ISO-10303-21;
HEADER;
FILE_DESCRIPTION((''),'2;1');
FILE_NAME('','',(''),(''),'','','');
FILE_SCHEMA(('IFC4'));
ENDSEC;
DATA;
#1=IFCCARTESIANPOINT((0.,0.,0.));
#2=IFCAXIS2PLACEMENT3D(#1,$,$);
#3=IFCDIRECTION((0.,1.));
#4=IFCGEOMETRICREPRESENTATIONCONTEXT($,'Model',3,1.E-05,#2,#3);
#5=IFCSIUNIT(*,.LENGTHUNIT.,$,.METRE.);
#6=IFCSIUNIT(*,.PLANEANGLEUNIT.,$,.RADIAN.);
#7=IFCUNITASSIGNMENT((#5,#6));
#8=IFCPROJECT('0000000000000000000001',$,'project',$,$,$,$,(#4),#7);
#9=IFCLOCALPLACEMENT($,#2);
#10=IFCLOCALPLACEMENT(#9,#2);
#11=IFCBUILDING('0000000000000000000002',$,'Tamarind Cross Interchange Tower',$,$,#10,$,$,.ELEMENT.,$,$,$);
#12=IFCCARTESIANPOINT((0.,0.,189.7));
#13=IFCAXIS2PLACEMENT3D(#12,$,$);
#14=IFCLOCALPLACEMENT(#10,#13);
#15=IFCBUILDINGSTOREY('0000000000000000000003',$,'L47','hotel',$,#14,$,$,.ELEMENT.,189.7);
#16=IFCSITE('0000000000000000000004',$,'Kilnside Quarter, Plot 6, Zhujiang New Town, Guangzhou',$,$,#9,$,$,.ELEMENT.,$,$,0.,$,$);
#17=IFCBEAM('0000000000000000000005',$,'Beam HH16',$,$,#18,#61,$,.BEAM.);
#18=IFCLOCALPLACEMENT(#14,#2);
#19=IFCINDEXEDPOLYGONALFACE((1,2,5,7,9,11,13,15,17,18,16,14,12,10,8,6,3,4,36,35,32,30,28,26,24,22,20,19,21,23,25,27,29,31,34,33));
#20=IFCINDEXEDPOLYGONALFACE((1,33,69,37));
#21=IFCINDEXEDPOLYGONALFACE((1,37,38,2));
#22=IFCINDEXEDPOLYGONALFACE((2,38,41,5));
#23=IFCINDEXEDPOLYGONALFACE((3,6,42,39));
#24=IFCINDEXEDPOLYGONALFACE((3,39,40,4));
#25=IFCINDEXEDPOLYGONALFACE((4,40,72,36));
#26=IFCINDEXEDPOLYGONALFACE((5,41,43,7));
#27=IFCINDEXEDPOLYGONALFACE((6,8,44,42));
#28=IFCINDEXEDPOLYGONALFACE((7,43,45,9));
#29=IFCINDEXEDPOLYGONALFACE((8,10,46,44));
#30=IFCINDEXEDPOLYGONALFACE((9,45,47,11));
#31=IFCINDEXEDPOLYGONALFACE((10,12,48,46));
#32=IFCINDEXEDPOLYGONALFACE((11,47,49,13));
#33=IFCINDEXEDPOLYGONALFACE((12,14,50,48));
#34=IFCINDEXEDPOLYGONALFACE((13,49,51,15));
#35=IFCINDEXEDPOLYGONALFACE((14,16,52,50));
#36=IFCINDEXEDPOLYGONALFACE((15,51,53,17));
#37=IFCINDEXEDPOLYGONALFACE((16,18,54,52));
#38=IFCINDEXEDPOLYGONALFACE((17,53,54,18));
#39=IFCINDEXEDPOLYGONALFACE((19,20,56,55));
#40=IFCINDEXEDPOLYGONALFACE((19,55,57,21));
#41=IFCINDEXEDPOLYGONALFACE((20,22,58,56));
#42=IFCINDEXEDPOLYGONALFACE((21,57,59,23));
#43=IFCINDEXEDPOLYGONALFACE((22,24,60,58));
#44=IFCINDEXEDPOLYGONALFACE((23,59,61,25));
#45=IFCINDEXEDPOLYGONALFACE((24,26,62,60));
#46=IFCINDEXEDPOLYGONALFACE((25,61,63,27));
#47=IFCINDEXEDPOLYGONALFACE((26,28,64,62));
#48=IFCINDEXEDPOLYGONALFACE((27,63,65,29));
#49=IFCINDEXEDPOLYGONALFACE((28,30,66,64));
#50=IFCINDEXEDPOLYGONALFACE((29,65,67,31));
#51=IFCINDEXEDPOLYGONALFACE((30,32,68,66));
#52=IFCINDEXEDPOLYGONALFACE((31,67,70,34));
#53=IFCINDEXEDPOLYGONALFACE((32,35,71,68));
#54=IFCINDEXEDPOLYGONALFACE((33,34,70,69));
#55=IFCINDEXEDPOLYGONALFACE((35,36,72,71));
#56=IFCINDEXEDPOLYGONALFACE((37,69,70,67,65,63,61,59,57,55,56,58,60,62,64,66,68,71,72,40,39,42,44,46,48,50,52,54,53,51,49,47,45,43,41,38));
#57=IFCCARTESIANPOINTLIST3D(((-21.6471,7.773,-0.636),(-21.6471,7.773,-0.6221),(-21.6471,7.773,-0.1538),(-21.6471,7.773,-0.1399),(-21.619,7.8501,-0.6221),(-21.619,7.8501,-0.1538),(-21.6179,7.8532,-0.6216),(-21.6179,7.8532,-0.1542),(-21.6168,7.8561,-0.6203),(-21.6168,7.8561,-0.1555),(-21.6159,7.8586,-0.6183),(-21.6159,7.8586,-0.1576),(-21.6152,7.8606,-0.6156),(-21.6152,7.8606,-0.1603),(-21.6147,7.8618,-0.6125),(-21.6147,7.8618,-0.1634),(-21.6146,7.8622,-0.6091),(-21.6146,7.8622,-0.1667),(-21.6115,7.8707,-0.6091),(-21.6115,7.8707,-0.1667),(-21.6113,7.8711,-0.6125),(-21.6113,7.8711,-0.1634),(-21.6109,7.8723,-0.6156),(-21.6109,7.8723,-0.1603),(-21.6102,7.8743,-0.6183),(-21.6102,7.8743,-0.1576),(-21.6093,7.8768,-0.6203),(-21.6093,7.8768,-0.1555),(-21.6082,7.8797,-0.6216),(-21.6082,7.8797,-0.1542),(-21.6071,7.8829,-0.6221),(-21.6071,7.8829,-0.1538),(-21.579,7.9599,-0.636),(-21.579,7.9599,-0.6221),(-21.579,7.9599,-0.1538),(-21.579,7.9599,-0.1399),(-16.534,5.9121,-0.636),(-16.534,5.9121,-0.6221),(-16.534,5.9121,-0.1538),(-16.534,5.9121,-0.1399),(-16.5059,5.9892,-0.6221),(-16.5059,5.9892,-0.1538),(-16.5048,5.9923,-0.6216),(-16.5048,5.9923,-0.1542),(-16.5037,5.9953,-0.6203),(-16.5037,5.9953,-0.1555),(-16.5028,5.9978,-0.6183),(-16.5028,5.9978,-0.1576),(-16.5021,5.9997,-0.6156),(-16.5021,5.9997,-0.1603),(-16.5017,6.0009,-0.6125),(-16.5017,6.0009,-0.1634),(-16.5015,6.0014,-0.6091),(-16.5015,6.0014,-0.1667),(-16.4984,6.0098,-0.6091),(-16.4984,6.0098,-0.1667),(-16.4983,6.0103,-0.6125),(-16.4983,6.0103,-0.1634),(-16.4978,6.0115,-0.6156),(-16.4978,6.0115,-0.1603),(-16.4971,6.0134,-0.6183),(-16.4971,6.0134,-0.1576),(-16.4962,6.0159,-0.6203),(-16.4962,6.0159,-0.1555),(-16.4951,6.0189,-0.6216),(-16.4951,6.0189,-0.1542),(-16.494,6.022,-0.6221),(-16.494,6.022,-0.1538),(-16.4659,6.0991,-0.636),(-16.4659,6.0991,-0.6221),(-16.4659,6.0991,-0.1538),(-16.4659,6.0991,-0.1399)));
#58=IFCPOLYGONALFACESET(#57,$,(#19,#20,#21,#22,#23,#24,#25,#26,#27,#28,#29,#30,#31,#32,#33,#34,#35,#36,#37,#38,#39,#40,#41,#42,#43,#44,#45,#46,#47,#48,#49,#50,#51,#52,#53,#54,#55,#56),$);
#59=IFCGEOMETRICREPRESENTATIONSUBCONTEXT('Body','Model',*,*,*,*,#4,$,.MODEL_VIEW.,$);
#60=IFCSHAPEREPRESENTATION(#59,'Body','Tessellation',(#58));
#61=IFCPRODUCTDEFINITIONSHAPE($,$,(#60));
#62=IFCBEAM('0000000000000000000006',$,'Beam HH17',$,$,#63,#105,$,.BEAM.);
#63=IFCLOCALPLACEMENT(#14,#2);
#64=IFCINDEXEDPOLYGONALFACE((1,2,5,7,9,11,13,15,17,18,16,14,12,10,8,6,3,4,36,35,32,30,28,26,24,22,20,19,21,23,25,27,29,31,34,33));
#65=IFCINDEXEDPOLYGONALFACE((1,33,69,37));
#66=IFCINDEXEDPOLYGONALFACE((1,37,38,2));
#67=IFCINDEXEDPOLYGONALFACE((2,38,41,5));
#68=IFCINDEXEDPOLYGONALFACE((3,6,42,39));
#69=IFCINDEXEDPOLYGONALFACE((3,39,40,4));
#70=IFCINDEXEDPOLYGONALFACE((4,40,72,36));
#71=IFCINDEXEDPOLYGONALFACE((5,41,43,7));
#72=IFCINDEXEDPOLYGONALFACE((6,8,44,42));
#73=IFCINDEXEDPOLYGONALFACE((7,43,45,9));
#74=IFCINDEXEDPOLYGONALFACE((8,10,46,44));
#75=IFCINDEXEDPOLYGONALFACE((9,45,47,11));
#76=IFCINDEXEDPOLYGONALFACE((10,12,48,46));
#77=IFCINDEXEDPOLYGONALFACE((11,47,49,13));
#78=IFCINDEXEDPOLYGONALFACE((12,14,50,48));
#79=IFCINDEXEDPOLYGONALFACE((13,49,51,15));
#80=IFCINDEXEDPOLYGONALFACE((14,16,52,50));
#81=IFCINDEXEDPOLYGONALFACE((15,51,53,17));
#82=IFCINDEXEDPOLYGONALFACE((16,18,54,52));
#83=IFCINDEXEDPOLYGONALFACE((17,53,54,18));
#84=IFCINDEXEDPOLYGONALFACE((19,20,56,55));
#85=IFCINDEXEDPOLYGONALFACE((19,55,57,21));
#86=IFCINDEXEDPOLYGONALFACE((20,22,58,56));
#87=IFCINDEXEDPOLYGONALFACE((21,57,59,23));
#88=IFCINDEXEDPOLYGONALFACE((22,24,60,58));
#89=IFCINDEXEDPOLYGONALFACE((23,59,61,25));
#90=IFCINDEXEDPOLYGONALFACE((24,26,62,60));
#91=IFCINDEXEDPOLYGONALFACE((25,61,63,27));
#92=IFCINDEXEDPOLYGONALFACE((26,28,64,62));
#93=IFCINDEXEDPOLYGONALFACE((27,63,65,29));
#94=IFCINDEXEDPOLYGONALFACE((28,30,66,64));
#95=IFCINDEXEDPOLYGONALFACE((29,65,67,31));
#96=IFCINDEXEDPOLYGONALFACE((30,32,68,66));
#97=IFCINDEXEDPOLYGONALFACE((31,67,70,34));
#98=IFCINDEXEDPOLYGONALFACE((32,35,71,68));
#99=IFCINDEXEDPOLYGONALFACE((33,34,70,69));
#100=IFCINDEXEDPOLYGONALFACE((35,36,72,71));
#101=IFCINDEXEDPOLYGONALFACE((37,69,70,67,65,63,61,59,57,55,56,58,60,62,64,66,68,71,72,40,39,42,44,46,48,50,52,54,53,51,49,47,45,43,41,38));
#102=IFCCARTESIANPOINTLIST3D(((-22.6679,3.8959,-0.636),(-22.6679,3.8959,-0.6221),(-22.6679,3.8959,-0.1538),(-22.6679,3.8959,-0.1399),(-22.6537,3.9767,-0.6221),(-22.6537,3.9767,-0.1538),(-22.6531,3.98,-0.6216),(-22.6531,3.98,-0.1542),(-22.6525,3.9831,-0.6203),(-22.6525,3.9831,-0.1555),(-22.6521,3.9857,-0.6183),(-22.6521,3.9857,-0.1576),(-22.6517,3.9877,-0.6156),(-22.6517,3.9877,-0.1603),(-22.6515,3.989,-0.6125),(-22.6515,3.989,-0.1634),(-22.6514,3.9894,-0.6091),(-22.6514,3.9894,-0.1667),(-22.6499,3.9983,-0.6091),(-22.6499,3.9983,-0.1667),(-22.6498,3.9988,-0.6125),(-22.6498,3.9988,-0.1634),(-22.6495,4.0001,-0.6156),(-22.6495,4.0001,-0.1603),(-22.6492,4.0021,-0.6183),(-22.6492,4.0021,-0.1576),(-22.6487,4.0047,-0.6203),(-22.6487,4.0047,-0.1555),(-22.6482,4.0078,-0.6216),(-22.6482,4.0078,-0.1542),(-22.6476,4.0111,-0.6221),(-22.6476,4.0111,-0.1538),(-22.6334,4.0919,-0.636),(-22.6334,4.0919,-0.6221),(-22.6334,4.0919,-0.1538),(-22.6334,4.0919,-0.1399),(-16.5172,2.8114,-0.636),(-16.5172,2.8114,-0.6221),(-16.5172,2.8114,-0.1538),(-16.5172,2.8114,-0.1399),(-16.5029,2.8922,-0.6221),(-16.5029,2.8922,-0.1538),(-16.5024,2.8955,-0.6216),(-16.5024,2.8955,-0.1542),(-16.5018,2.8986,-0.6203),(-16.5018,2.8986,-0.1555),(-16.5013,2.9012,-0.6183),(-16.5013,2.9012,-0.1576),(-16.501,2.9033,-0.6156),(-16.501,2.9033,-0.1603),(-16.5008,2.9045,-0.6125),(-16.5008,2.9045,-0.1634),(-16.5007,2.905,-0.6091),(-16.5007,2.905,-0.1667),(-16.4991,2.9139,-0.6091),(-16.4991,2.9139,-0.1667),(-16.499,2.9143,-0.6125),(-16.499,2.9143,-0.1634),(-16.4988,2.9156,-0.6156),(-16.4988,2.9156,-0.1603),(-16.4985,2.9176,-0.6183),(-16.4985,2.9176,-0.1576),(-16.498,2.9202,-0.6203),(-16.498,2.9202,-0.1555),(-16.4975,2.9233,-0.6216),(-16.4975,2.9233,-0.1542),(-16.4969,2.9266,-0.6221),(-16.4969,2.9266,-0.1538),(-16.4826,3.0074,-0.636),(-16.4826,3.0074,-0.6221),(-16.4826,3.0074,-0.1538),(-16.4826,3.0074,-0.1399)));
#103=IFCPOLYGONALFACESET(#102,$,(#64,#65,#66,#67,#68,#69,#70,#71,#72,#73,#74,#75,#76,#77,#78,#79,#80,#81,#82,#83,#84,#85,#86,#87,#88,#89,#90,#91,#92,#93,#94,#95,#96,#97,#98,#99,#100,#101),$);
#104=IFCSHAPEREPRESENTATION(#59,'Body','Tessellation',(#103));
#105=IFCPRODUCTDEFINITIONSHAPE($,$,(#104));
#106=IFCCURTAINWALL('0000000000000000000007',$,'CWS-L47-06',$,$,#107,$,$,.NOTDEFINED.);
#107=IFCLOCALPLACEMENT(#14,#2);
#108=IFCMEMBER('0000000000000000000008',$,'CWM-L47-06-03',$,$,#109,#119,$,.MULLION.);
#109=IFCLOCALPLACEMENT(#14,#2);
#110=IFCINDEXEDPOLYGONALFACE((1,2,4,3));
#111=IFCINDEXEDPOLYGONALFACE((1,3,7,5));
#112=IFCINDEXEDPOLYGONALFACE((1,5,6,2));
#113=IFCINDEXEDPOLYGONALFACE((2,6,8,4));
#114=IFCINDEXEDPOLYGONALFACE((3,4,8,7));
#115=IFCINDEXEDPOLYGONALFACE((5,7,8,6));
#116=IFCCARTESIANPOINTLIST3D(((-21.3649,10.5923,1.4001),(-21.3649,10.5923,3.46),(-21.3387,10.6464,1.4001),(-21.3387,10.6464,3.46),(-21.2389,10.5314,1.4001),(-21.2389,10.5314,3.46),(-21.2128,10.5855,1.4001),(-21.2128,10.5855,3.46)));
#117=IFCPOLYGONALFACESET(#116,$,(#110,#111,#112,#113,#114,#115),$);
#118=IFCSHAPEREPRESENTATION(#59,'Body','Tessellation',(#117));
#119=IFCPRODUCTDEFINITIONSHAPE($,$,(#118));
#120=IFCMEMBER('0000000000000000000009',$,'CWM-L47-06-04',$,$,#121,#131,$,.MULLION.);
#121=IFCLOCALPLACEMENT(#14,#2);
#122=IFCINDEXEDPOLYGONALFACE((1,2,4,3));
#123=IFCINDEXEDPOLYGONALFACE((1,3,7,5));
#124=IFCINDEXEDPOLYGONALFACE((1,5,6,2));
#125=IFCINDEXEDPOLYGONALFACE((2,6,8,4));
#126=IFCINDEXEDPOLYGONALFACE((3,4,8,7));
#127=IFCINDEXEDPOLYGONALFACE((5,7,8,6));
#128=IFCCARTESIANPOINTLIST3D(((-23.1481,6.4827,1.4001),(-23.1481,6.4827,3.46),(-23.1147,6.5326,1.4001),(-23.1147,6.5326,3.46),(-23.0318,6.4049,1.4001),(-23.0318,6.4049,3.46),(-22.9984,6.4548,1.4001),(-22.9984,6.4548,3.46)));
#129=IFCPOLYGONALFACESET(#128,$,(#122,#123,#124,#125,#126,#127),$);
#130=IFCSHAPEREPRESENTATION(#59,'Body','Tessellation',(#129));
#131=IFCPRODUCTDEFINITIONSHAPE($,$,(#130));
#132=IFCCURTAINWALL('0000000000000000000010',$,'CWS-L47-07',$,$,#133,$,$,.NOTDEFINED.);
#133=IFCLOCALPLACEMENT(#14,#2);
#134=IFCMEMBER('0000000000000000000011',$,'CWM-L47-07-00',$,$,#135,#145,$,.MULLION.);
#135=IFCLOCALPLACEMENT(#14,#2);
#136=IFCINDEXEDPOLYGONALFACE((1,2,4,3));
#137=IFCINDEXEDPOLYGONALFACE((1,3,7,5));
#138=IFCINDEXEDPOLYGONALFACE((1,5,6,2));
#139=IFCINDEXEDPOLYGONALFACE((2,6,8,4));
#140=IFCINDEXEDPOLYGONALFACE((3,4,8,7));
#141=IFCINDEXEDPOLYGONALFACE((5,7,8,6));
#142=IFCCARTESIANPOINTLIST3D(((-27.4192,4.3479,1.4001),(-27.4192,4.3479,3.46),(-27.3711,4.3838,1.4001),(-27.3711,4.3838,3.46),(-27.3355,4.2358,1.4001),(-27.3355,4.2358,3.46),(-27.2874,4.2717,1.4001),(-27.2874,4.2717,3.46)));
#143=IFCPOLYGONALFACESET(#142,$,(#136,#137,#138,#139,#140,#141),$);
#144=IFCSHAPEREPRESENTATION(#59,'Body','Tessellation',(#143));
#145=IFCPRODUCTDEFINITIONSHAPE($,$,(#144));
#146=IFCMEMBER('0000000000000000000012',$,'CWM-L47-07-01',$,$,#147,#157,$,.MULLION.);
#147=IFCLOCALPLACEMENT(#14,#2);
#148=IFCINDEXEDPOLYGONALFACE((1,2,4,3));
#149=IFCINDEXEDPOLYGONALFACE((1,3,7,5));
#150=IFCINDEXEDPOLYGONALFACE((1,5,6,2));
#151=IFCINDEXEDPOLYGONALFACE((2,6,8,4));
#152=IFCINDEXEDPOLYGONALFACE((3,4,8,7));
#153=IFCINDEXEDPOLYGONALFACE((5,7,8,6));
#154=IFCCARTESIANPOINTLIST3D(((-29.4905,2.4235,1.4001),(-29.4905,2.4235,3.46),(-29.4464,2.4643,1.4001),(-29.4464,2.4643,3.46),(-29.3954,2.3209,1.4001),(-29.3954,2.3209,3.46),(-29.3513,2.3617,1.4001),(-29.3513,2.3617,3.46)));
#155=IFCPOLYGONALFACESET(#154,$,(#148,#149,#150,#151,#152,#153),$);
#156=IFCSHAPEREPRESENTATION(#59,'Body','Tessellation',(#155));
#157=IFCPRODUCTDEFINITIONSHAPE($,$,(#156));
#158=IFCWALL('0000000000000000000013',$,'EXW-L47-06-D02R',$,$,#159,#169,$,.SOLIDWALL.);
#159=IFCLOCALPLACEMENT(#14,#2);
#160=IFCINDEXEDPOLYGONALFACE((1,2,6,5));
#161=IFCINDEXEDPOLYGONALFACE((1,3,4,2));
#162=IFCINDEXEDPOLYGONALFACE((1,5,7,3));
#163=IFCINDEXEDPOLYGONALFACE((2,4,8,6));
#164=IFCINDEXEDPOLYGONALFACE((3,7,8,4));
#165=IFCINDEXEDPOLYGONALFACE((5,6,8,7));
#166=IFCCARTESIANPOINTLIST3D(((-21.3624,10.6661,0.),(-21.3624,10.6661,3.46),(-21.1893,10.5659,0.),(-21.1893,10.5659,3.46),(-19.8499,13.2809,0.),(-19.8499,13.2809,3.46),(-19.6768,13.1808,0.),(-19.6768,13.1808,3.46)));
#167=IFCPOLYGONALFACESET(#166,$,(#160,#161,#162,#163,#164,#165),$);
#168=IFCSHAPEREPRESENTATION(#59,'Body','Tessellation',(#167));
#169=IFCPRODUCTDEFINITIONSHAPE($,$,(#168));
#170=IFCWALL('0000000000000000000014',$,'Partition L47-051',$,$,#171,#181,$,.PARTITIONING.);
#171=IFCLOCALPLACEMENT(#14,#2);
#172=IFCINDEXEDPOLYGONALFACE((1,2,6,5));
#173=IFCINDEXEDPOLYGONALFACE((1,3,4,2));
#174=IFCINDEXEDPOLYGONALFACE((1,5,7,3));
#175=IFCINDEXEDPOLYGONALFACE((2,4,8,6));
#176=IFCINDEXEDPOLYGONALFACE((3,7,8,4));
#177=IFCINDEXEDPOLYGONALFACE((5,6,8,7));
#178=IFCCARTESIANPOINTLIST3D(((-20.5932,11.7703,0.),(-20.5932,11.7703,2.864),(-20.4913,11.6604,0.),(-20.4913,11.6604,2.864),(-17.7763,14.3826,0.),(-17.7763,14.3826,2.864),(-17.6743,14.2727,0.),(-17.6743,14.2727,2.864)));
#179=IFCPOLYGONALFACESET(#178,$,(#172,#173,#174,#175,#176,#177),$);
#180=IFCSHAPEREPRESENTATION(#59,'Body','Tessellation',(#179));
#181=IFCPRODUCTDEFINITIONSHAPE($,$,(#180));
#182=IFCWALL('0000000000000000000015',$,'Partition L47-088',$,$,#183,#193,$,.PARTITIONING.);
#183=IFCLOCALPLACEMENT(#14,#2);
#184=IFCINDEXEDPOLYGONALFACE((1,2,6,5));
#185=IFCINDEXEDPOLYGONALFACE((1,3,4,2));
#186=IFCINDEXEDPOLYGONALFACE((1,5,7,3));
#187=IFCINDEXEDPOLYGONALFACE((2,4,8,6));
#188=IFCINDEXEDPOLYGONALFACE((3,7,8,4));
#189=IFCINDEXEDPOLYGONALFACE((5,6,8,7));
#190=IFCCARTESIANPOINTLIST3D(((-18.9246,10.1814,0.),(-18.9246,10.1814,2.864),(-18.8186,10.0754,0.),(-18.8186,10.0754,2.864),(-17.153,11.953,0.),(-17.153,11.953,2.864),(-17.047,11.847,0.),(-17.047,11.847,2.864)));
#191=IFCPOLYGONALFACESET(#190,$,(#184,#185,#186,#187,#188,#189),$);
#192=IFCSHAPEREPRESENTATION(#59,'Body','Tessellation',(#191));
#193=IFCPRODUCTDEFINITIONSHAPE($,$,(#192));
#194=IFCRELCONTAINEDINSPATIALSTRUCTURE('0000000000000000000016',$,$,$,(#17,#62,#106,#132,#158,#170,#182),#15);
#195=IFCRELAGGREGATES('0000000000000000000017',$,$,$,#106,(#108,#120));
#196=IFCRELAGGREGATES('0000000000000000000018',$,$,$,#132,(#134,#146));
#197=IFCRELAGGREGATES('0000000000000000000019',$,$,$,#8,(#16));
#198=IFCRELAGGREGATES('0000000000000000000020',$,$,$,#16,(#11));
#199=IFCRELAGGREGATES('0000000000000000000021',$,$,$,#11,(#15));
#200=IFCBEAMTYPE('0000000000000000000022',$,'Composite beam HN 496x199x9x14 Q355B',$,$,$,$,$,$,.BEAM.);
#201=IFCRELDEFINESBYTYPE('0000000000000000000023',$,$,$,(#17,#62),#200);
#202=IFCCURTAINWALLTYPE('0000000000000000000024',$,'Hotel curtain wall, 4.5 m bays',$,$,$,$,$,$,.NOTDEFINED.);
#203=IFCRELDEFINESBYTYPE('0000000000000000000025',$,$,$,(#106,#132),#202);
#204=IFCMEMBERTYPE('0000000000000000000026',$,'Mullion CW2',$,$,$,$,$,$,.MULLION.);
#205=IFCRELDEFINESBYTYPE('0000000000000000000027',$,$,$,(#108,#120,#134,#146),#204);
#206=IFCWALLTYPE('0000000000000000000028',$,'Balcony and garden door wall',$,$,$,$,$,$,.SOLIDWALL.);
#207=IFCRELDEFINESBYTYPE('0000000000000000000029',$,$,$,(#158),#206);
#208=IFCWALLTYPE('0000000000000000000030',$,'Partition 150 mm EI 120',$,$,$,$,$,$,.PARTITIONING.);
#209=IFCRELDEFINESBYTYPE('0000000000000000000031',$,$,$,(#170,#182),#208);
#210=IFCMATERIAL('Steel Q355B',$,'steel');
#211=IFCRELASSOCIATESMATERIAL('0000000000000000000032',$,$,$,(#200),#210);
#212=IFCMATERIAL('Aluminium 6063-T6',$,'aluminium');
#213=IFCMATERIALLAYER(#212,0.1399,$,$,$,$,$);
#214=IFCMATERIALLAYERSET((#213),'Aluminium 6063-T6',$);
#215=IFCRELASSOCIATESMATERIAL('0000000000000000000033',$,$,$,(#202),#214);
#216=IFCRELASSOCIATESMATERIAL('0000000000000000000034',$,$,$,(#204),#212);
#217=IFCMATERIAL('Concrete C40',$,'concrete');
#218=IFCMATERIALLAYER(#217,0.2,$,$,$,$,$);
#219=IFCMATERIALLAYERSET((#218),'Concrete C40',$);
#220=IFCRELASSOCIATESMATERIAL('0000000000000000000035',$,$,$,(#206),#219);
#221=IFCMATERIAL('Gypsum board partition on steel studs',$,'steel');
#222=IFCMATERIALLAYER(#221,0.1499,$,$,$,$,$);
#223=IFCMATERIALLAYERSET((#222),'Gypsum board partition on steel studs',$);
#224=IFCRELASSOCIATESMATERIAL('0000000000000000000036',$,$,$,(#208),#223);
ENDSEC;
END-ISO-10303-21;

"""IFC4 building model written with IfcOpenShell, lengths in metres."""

from ifc_helpers import new_model, si_unit, direction, frame, frame_2d, origin, origin_2d, place, context, subcontext, project, spatial, rectangle, i_section, extrude, material, layer, layer_set, material_profile, profile_set, type_object, element, aggregate, save


model = new_model("IFC4")

# Units and contexts
model_context = context("Model", 3, precision=1e-05, world=origin(), true_north=direction((0.0, 1.0)))
body_context = subcontext(model_context, "Body", "Model", "MODEL_VIEW")
ifc_project = project(units=[si_unit("LENGTHUNIT", "METRE"), si_unit("PLANEANGLEUNIT", "RADIAN")], contexts=[model_context])

# Site, building, storey
site_placement = place(None, origin())
site = spatial("IfcSite", under=ifc_project, at=site_placement, Name="Kilnside Quarter, Plot 6, Zhujiang New Town, Guangzhou", CompositionType="ELEMENT", RefElevation=0.0)
building_placement = place(site_placement, origin())
building = spatial("IfcBuilding", under=site, at=building_placement, Name="Tamarind Cross Interchange Tower", CompositionType="ELEMENT")
storey_placement = place(building_placement, frame((0.0, 0.0, 189.7)))
storey = spatial("IfcBuildingStorey", under=building, at=storey_placement, Name="L47", Description="hotel", CompositionType="ELEMENT", Elevation=189.7)

# Beams
ifc_material_1 = material(Name="Steel Q355B", Category="steel")
ifc_material_profile_1 = material_profile(ifc_material_1, i_section(OverallWidth=0.199, OverallDepth=0.4961, WebThickness=0.009, FlangeThickness=0.0139, FilletRadius=0.0129, at=origin_2d()), Name="HN 496x199x9x14")
ifc_profile_set_1 = profile_set([ifc_material_profile_1], Name="Steel Q355B")
beam_type = type_object("IfcBeamType", Name="Composite beam HN 496x199x9x14 Q355B", PredefinedType="BEAM", material=ifc_profile_set_1)
beam_1_placement = place(storey_placement, frame((-21.613, 7.8665, -0.3879), z_axis=(0.939702, -0.341995, 0.0), x_axis=(0.341995, 0.939702, 0.0)))
element("IfcBeam", 1, at=beam_1_placement, inside=storey, type_object=beam_type, Name="Beam HH16", PredefinedType="BEAM", context=body_context, shape_type="SweptSolid", body=[
    extrude(i_section(OverallWidth=0.199, OverallDepth=0.4961, WebThickness=0.009, FlangeThickness=0.0139, FilletRadius=0.0129, at=origin_2d()), origin(), (0.0, 0.0, 1.0), 5.4412),
])
beam_2_placement = place(storey_placement, frame((-22.6506, 3.9939, -0.3879), z_axis=(0.984809, -0.17364, 0.0), x_axis=(0.17364, 0.984809, 0.0)))
element("IfcBeam", 2, at=beam_2_placement, inside=storey, type_object=beam_type, Name="Beam HH17", PredefinedType="BEAM", context=body_context, shape_type="SweptSolid", body=[
    extrude(i_section(OverallWidth=0.199, OverallDepth=0.4961, WebThickness=0.009, FlangeThickness=0.0139, FilletRadius=0.0129, at=origin_2d()), origin(), (0.0, 0.0, 1.0), 6.2456),
])

# Curtain walls, members
ifc_material_2 = material(Name="Aluminium 6063-T6", Category="aluminium")
ifc_layer_1 = layer(ifc_material_2, 0.1399)
ifc_layer_set_1 = layer_set([ifc_layer_1], Name="Aluminium 6063-T6")
curtain_wall_type = type_object("IfcCurtainWallType", Name="Hotel curtain wall, 4.5 m bays", PredefinedType="NOTDEFINED", material=ifc_layer_set_1)
curtain_wall_1_placement = place(storey_placement, origin())
curtain_wall_1 = element("IfcCurtainWall", 3, at=curtain_wall_1_placement, inside=storey, type_object=curtain_wall_type, Name="CWS-L47-06", PredefinedType="NOTDEFINED")
ifc_material_profile_2 = material_profile(ifc_material_2, rectangle(XDim=0.0601, YDim=0.1399, at=origin_2d()), Name="Mullion CW2")
ifc_profile_set_2 = profile_set([ifc_material_profile_2], Name="Aluminium 6063-T6")
member_type = type_object("IfcMemberType", Name="Mullion CW2", PredefinedType="MULLION", material=ifc_profile_set_2)
member_1_placement = place(storey_placement, frame((-21.2888, 10.5889, 1.4001), z_axis=(0.0, 0.0, 1.0), x_axis=(-0.435326, -0.900273, 0.0)))
member_1 = element("IfcMember", 4, at=member_1_placement, type_object=member_type, Name="CWM-L47-06-03", PredefinedType="MULLION", context=body_context, shape_type="SweptSolid", body=[
    extrude(rectangle(XDim=0.0601, YDim=0.1399, at=origin_2d()), origin(), (0.0, 0.0, 1.0), 2.0598),
])
member_2_placement = place(storey_placement, frame((-23.0732, 6.4688, 1.4001), z_axis=(0.0, 0.0, 1.0), x_axis=(-0.556324, -0.830966, 0.0)))
member_2 = element("IfcMember", 5, at=member_2_placement, type_object=member_type, Name="CWM-L47-06-04", PredefinedType="MULLION", context=body_context, shape_type="SweptSolid", body=[
    extrude(rectangle(XDim=0.0601, YDim=0.1399, at=origin_2d()), origin(), (0.0, 0.0, 1.0), 2.0598),
])
aggregate(curtain_wall_1, [member_1, member_2])
curtain_wall_2_placement = place(storey_placement, origin())
curtain_wall_2 = element("IfcCurtainWall", 6, at=curtain_wall_2_placement, inside=storey, type_object=curtain_wall_type, Name="CWS-L47-07", PredefinedType="NOTDEFINED")
member_3_placement = place(storey_placement, frame((-27.3533, 4.3098, 1.4001), z_axis=(0.0, 0.0, 1.0), x_axis=(-0.801136, -0.598483, 0.0)))
member_3 = element("IfcMember", 7, at=member_3_placement, type_object=member_type, Name="CWM-L47-07-00", PredefinedType="MULLION", context=body_context, shape_type="SweptSolid", body=[
    extrude(rectangle(XDim=0.0601, YDim=0.1399, at=origin_2d()), origin(), (0.0, 0.0, 1.0), 2.0598),
])
member_4_placement = place(storey_placement, frame((-29.4209, 2.3926, 1.4001), z_axis=(0.0, 0.0, 1.0), x_axis=(-0.733293, -0.679912, 0.0)))
member_4 = element("IfcMember", 8, at=member_4_placement, type_object=member_type, Name="CWM-L47-07-01", PredefinedType="MULLION", context=body_context, shape_type="SweptSolid", body=[
    extrude(rectangle(XDim=0.0601, YDim=0.1399, at=origin_2d()), origin(), (0.0, 0.0, 1.0), 2.0598),
])
aggregate(curtain_wall_2, [member_3, member_4])

# Wall
ifc_material_3 = material(Name="Concrete C40", Category="concrete")
ifc_layer_2 = layer(ifc_material_3, 0.2)
ifc_layer_set_2 = layer_set([ifc_layer_2], Name="Concrete C40")
wall_type_1 = type_object("IfcWallType", Name="Balcony and garden door wall", PredefinedType="SOLIDWALL", material=ifc_layer_set_2)
wall_1_placement = place(storey_placement, frame((-19.7634, 13.2307, 0.0), z_axis=(0.0, 0.0, 1.0), x_axis=(-0.500702, -0.86562, 0.0)))
element("IfcWall", 9, at=wall_1_placement, inside=storey, type_object=wall_type_1, Name="EXW-L47-06-D02R", PredefinedType="SOLIDWALL", context=body_context, shape_type="SweptSolid", body=[
    extrude(rectangle(XDim=3.0208, YDim=0.2, at=frame_2d((1.5103, 0.0))), origin(), (0.0, 0.0, 1.0), 3.46),
])

# Walls
ifc_material_4 = material(Name="Gypsum board partition on steel studs", Category="steel")
ifc_layer_3 = layer(ifc_material_4, 0.1499)
ifc_layer_set_3 = layer_set([ifc_layer_3], Name="Gypsum board partition on steel studs")
wall_type_2 = type_object("IfcWallType", Name="Partition 150 mm EI 120", PredefinedType="PARTITIONING", material=ifc_layer_set_3)
wall_2_placement = place(storey_placement, frame((-20.5422, 11.7153, 0.0), z_axis=(0.0, 0.0, 1.0), x_axis=(0.733232, 0.679978, 0.0)))
element("IfcWall", 10, at=wall_2_placement, inside=storey, type_object=wall_type_2, Name="Partition L47-051", PredefinedType="PARTITIONING", context=body_context, shape_type="SweptSolid", body=[
    extrude(rectangle(XDim=3.8418, YDim=0.1499, at=frame_2d((1.9209, 0.0))), origin(), (0.0, 0.0, 1.0), 2.864),
])
wall_3_placement = place(storey_placement, frame((-18.8716, 10.1284, 0.0), z_axis=(0.0, 0.0, 1.0), x_axis=(0.707107, 0.707107, 0.0)))
element("IfcWall", 11, at=wall_3_placement, inside=storey, type_object=wall_type_2, Name="Partition L47-088", PredefinedType="PARTITIONING", context=body_context, shape_type="SweptSolid", body=[
    extrude(rectangle(XDim=2.5054, YDim=0.1499, at=frame_2d((1.2527, 0.0))), origin(), (0.0, 0.0, 1.0), 2.864),
])

save(model, "model.ifc")
